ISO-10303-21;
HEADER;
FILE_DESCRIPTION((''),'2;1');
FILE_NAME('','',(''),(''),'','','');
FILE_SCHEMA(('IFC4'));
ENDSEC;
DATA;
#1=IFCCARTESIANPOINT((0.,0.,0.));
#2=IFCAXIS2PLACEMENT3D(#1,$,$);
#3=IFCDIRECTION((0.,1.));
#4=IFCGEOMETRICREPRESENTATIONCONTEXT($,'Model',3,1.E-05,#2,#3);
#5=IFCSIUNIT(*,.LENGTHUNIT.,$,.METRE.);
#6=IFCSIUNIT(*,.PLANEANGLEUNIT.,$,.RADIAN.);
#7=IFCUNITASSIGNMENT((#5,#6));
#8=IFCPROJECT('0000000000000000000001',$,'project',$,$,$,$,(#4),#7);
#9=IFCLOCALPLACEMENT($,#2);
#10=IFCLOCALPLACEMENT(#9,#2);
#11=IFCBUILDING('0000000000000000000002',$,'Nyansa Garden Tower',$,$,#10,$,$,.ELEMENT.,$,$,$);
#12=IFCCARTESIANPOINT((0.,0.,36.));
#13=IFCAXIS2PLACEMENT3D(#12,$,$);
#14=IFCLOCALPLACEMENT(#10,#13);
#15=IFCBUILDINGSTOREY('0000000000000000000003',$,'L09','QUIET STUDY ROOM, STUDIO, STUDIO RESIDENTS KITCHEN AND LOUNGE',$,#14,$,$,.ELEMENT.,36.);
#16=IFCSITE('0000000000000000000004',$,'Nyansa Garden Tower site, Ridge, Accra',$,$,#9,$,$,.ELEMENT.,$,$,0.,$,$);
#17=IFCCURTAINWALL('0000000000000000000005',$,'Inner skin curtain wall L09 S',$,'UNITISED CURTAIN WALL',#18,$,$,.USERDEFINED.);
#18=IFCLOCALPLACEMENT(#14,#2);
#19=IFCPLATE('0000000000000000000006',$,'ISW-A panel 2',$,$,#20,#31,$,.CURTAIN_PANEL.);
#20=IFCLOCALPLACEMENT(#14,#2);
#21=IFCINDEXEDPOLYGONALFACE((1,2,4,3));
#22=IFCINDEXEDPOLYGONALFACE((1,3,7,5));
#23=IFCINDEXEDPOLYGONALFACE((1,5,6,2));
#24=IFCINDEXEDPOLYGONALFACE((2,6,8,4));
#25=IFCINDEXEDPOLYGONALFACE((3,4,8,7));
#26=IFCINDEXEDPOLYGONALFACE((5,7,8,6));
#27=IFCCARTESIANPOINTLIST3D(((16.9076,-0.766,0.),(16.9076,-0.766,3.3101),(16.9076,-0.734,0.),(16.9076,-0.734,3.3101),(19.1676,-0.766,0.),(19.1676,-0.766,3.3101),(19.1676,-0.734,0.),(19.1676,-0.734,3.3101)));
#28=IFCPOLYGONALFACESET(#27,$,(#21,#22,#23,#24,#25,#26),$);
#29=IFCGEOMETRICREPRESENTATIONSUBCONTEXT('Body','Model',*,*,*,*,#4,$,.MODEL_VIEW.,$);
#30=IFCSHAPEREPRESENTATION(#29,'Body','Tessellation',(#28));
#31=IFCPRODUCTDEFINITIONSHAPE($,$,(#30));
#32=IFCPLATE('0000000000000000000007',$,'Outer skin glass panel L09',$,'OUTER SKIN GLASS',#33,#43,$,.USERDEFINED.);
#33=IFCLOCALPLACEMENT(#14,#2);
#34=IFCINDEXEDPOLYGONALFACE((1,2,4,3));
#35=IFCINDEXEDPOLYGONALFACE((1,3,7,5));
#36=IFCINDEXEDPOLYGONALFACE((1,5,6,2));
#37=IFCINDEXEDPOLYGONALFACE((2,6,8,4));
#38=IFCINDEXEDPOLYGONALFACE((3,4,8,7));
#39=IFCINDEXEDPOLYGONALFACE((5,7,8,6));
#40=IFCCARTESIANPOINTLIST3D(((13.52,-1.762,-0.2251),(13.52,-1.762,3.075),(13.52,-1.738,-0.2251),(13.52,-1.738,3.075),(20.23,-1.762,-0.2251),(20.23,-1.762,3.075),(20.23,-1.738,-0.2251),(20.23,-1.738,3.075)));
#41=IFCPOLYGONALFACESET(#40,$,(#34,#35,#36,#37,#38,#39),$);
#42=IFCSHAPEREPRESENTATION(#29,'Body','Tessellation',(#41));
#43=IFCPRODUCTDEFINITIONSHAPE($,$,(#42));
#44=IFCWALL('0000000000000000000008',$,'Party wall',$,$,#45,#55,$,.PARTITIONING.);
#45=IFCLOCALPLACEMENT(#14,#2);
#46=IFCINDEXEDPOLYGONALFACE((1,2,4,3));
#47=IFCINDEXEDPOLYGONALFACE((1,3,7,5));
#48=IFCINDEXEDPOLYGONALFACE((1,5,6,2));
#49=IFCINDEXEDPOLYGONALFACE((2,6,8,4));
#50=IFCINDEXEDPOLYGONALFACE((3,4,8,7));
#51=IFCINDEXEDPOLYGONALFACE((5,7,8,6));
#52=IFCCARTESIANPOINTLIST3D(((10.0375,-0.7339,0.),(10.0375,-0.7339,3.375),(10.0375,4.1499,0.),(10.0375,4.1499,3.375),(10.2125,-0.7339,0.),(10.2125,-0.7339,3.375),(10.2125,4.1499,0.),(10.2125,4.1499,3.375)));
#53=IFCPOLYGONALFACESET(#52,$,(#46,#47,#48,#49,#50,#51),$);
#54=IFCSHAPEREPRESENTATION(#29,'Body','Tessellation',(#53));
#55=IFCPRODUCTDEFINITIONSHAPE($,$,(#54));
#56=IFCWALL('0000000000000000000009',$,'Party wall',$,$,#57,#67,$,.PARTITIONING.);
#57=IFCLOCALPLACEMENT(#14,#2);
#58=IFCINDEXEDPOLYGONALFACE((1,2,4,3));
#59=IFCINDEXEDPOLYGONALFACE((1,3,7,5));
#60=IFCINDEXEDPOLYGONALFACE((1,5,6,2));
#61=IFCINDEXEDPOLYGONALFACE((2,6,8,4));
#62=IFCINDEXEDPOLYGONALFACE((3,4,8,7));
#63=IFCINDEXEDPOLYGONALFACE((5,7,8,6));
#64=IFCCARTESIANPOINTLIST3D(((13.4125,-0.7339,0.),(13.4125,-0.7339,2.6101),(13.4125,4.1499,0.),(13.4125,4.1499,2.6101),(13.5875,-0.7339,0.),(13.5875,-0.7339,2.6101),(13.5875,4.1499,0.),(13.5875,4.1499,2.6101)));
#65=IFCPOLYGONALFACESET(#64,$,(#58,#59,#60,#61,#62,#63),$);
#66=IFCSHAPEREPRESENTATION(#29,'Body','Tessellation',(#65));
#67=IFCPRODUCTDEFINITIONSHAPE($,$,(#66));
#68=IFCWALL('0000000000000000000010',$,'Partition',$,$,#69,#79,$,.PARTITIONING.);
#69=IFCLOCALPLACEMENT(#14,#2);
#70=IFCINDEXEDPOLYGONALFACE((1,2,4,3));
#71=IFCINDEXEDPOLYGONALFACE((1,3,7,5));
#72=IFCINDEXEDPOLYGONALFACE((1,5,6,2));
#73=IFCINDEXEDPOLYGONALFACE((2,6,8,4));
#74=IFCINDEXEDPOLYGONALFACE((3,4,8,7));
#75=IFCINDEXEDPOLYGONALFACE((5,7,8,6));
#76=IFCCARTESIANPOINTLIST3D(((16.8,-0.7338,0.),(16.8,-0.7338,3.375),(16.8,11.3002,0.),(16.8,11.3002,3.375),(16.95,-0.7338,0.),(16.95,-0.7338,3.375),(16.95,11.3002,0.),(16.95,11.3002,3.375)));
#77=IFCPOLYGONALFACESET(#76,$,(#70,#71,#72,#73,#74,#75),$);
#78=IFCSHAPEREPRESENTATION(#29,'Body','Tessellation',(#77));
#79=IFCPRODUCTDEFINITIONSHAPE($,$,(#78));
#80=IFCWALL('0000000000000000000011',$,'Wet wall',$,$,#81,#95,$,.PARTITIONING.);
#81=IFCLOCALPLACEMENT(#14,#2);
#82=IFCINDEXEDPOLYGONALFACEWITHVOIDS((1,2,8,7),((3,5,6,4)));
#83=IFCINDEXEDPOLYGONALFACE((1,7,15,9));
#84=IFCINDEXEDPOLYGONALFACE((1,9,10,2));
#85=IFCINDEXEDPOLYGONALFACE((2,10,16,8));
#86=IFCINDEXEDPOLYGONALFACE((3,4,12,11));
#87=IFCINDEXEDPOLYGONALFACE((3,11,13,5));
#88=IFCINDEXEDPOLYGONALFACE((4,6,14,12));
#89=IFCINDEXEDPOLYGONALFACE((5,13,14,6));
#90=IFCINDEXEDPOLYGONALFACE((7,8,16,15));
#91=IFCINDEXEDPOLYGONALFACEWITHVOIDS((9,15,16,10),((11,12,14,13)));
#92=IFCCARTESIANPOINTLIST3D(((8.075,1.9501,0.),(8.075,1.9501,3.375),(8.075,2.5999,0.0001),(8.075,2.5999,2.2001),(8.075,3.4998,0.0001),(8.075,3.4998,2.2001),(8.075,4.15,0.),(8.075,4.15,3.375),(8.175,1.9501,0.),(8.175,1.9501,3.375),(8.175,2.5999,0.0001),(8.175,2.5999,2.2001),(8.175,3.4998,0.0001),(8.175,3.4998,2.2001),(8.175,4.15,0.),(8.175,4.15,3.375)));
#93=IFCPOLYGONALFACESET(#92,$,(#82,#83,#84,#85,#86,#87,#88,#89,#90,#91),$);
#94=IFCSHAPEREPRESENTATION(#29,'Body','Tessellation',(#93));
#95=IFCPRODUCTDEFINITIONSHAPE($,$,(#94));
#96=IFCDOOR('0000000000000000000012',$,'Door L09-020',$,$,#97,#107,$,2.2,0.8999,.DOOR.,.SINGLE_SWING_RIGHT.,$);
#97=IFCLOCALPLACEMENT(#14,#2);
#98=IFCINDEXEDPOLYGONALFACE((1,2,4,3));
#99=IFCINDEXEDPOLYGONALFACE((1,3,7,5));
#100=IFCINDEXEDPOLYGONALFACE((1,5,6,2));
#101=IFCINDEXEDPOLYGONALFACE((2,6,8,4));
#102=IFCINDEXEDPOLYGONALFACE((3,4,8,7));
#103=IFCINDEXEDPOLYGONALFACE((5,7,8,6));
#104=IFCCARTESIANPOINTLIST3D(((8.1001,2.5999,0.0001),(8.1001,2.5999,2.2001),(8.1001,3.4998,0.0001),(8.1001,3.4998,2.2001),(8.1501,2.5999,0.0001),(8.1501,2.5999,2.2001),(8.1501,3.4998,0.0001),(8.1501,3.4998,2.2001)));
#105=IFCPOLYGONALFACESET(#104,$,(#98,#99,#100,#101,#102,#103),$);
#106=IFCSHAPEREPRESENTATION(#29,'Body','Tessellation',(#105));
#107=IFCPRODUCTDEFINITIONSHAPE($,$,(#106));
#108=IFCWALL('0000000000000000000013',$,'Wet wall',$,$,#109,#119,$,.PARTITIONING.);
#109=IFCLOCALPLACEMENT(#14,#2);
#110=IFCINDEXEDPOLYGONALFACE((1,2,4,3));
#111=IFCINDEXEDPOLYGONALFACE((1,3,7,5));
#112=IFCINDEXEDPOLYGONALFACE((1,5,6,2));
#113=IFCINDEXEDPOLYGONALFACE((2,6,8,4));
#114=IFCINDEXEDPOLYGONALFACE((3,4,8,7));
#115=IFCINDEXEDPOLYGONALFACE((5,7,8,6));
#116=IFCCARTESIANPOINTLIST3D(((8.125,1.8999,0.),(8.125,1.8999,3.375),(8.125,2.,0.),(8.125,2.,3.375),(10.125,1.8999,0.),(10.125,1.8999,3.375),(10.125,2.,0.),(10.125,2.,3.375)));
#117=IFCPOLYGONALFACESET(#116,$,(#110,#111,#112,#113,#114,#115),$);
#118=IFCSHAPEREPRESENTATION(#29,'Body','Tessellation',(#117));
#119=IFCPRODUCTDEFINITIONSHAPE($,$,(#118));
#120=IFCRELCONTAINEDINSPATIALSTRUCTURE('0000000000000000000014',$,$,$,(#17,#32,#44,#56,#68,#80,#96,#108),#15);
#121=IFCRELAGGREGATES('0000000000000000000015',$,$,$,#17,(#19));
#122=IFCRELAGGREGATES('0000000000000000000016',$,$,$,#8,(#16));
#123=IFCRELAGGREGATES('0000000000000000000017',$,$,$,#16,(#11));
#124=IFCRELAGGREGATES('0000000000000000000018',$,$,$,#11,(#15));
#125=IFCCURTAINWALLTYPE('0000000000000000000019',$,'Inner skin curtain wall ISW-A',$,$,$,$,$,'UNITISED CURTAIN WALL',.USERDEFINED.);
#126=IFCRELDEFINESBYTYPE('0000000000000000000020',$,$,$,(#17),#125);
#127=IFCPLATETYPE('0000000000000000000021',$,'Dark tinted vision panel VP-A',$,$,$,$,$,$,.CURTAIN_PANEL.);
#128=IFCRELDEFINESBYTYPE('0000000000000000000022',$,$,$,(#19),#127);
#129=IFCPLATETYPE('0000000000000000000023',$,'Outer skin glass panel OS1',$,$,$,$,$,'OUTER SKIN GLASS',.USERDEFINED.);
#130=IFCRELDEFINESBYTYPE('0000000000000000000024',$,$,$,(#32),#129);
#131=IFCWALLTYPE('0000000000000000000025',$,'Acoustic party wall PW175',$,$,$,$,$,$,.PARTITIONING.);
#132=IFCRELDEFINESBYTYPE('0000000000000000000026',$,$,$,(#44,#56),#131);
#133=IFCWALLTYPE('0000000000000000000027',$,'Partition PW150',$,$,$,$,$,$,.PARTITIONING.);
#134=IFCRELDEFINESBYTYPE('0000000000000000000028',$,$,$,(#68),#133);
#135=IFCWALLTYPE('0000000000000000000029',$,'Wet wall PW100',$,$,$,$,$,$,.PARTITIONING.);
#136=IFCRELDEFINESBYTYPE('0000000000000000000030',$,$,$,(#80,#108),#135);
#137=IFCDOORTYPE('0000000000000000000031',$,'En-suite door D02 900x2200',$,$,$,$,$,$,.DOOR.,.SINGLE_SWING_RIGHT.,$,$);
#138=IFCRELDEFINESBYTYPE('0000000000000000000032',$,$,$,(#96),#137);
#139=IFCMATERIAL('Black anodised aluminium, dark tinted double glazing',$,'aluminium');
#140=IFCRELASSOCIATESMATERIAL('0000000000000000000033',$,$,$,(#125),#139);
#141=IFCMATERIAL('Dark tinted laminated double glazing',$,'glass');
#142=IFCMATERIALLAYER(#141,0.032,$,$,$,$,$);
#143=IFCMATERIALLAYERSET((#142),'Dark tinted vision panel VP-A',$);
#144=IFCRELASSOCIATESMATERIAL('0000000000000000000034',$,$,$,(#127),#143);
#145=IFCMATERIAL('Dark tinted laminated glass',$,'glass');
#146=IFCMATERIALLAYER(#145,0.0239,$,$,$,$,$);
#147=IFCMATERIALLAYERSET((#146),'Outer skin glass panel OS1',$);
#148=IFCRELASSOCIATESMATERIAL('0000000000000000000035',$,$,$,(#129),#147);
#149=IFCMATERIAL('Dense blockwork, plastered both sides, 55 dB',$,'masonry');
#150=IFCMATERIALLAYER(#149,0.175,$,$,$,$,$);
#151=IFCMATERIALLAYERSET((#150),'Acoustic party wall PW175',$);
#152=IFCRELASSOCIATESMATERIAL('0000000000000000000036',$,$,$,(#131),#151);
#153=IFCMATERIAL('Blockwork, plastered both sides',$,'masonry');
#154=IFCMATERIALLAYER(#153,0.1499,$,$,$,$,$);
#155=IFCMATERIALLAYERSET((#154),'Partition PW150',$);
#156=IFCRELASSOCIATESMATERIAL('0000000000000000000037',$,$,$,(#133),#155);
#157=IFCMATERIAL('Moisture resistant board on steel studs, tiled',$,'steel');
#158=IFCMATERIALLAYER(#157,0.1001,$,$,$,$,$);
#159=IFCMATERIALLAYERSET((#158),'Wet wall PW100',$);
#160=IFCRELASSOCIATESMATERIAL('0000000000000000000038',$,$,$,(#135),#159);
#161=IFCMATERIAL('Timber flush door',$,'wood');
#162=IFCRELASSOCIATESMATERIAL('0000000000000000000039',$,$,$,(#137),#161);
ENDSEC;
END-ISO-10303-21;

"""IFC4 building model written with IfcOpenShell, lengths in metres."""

from ifc_helpers import new_model, si_unit, direction, frame, frame_2d, origin, origin_2d, place, context, subcontext, project, spatial, rectangle, extrude, material, layer, layer_set, type_object, element, fill, aggregate, save


model = new_model("IFC4")

# Units and contexts
model_context = context("Model", 3, precision=1e-05, world=origin(), true_north=direction((0.0, 1.0)))
body_context = subcontext(model_context, "Body", "Model", "MODEL_VIEW")
ifc_project = project(units=[si_unit("LENGTHUNIT", "METRE"), si_unit("PLANEANGLEUNIT", "RADIAN")], contexts=[model_context])

# Site, building, storey
site_placement = place(None, origin())
site = spatial("IfcSite", under=ifc_project, at=site_placement, Name="Nyansa Garden Tower site, Ridge, Accra", CompositionType="ELEMENT", RefElevation=0.0)
building_placement = place(site_placement, origin())
building = spatial("IfcBuilding", under=site, at=building_placement, Name="Nyansa Garden Tower", CompositionType="ELEMENT")
storey_placement = place(building_placement, frame((0.0, 0.0, 36.0)))
storey = spatial("IfcBuildingStorey", under=building, at=storey_placement, Name="L09", Description="QUIET STUDY ROOM, STUDIO, STUDIO RESIDENTS KITCHEN AND LOUNGE", CompositionType="ELEMENT", Elevation=36.0)

# Curtain wall
ifc_material_1 = material(Name="Black anodised aluminium, dark tinted double glazing", Category="aluminium")
curtain_wall_type = type_object("IfcCurtainWallType", Name="Inner skin curtain wall ISW-A", ElementType="UNITISED CURTAIN WALL", PredefinedType="USERDEFINED", material=ifc_material_1)
curtain_wall_1_placement = place(storey_placement, origin())
curtain_wall_1 = element("IfcCurtainWall", 1, at=curtain_wall_1_placement, inside=storey, type_object=curtain_wall_type, Name="Inner skin curtain wall L09 S", ObjectType="UNITISED CURTAIN WALL", PredefinedType="USERDEFINED")

# Plates
ifc_material_2 = material(Name="Dark tinted laminated double glazing", Category="glass")
ifc_layer_1 = layer(ifc_material_2, 0.032)
ifc_layer_set_1 = layer_set([ifc_layer_1], Name="Dark tinted vision panel VP-A")
plate_type_1 = type_object("IfcPlateType", Name="Dark tinted vision panel VP-A", PredefinedType="CURTAIN_PANEL", material=ifc_layer_set_1)
plate_1_placement = place(storey_placement, frame((18.0376, -0.75, 0.0), z_axis=(0.0, 0.0, 1.0), x_axis=(1.0, 0.0, 0.0)))
plate_1 = element("IfcPlate", 2, at=plate_1_placement, type_object=plate_type_1, Name="ISW-A panel 2", PredefinedType="CURTAIN_PANEL", context=body_context, shape_type="SweptSolid", body=[
    extrude(rectangle(XDim=2.26, YDim=0.032, at=origin_2d()), origin(), (0.0, 0.0, 1.0), 3.3101),
])
aggregate(curtain_wall_1, [plate_1])
ifc_material_3 = material(Name="Dark tinted laminated glass", Category="glass")
ifc_layer_2 = layer(ifc_material_3, 0.0239)
ifc_layer_set_2 = layer_set([ifc_layer_2], Name="Outer skin glass panel OS1")
plate_type_2 = type_object("IfcPlateType", Name="Outer skin glass panel OS1", ElementType="OUTER SKIN GLASS", PredefinedType="USERDEFINED", material=ifc_layer_set_2)
plate_2_placement = place(storey_placement, frame((16.875, -1.75, -0.2251), z_axis=(0.0, 0.0, 1.0), x_axis=(1.0, 0.0, 0.0)))
element("IfcPlate", 3, at=plate_2_placement, inside=storey, type_object=plate_type_2, Name="Outer skin glass panel L09", ObjectType="OUTER SKIN GLASS", PredefinedType="USERDEFINED", context=body_context, shape_type="SweptSolid", body=[
    extrude(rectangle(XDim=6.71, YDim=0.0239, at=origin_2d()), origin(), (0.0, 0.0, 1.0), 3.3),
])

# Walls
ifc_material_4 = material(Name="Dense blockwork, plastered both sides, 55 dB", Category="masonry")
ifc_layer_3 = layer(ifc_material_4, 0.175)
ifc_layer_set_3 = layer_set([ifc_layer_3], Name="Acoustic party wall PW175")
wall_type_1 = type_object("IfcWallType", Name="Acoustic party wall PW175", PredefinedType="PARTITIONING", material=ifc_layer_set_3)
wall_1_placement = place(storey_placement, frame((10.125, -0.7339, 0.0), z_axis=(0.0, 0.0, 1.0), x_axis=(0.0, 1.0, 0.0)))
element("IfcWall", 4, at=wall_1_placement, inside=storey, type_object=wall_type_1, Name="Party wall", PredefinedType="PARTITIONING", context=body_context, shape_type="SweptSolid", body=[
    extrude(rectangle(XDim=4.8838, YDim=0.175, at=frame_2d((2.4419, 0.0))), origin(), (0.0, 0.0, 1.0), 3.375),
])
wall_2_placement = place(storey_placement, frame((13.5, -0.7339, 0.0), z_axis=(0.0, 0.0, 1.0), x_axis=(0.0, 1.0, 0.0)))
element("IfcWall", 5, at=wall_2_placement, inside=storey, type_object=wall_type_1, Name="Party wall", PredefinedType="PARTITIONING", context=body_context, shape_type="SweptSolid", body=[
    extrude(rectangle(XDim=4.8838, YDim=0.175, at=frame_2d((2.4419, 0.0))), origin(), (0.0, 0.0, 1.0), 2.6101),
])
ifc_material_5 = material(Name="Blockwork, plastered both sides", Category="masonry")
ifc_layer_4 = layer(ifc_material_5, 0.1499)
ifc_layer_set_4 = layer_set([ifc_layer_4], Name="Partition PW150")
wall_type_2 = type_object("IfcWallType", Name="Partition PW150", PredefinedType="PARTITIONING", material=ifc_layer_set_4)
wall_3_placement = place(storey_placement, frame((16.875, -0.7339, 0.0), z_axis=(0.0, 0.0, 1.0), x_axis=(0.0, 1.0, 0.0)))
element("IfcWall", 6, at=wall_3_placement, inside=storey, type_object=wall_type_2, Name="Partition", PredefinedType="PARTITIONING", context=body_context, shape_type="SweptSolid", body=[
    extrude(rectangle(XDim=12.0339, YDim=0.1499, at=frame_2d((6.0171, 0.0))), origin(), (0.0, 0.0, 1.0), 3.375),
])

# Wall, opening, door
ifc_material_6 = material(Name="Moisture resistant board on steel studs, tiled", Category="steel")
ifc_layer_5 = layer(ifc_material_6, 0.1001)
ifc_layer_set_5 = layer_set([ifc_layer_5], Name="Wet wall PW100")
wall_type_3 = type_object("IfcWallType", Name="Wet wall PW100", PredefinedType="PARTITIONING", material=ifc_layer_set_5)
wall_4_placement = place(storey_placement, frame((8.125, 1.95, 0.0), z_axis=(0.0, 0.0, 1.0), x_axis=(0.0, 1.0, 0.0)))
wall_4 = element("IfcWall", 7, at=wall_4_placement, inside=storey, type_object=wall_type_3, Name="Wet wall", PredefinedType="PARTITIONING", context=body_context, shape_type="SweptSolid", body=[
    extrude(rectangle(XDim=2.2, YDim=0.1001, at=frame_2d((1.1001, 0.0))), origin(), (0.0, 0.0, 1.0), 3.375),
])
opening_placement = place(wall_4_placement, frame((0.6499, 0.0, 0.0)))
opening = element("IfcOpeningElement", 8, at=opening_placement, cuts=wall_4, PredefinedType="OPENING", context=body_context, shape_type="SweptSolid", body=[
    extrude(rectangle(XDim=0.8999, YDim=2.2, at=frame_2d((0.45, 1.1001))), frame((0.0, 0.0601, 0.0), z_axis=(0.0, -1.0, 0.0), x_axis=(1.0, 0.0, 0.0)), (0.0, 0.0, 1.0), 0.1201),
])
ifc_material_7 = material(Name="Timber flush door", Category="wood")
door_type = type_object("IfcDoorType", Name="En-suite door D02 900x2200", OperationType="SINGLE_SWING_RIGHT", PredefinedType="DOOR", material=ifc_material_7)
door_placement = place(opening_placement, origin())
door = element("IfcDoor", 9, at=door_placement, inside=storey, type_object=door_type, Name="Door L09-020", OperationType="SINGLE_SWING_RIGHT", OverallHeight=2.2, OverallWidth=0.8999, PredefinedType="DOOR", context=body_context, shape_type="SweptSolid", body=[
    extrude(rectangle(XDim=0.8999, YDim=2.2, at=frame_2d((0.45, 1.1001))), frame((0.0, 0.0249, 0.0), z_axis=(0.0, -1.0, 0.0), x_axis=(1.0, 0.0, 0.0)), (0.0, 0.0, 1.0), 0.05),
])
fill(opening, door)

# Wall
wall_5_placement = place(storey_placement, frame((8.125, 1.95, 0.0), z_axis=(0.0, 0.0, 1.0), x_axis=(1.0, 0.0, 0.0)))
element("IfcWall", 10, at=wall_5_placement, inside=storey, type_object=wall_type_3, Name="Wet wall", PredefinedType="PARTITIONING", context=body_context, shape_type="SweptSolid", body=[
    extrude(rectangle(XDim=2.0, YDim=0.1001, at=frame_2d((1.0, 0.0))), origin(), (0.0, 0.0, 1.0), 3.375),
])

save(model, "model.ifc")
